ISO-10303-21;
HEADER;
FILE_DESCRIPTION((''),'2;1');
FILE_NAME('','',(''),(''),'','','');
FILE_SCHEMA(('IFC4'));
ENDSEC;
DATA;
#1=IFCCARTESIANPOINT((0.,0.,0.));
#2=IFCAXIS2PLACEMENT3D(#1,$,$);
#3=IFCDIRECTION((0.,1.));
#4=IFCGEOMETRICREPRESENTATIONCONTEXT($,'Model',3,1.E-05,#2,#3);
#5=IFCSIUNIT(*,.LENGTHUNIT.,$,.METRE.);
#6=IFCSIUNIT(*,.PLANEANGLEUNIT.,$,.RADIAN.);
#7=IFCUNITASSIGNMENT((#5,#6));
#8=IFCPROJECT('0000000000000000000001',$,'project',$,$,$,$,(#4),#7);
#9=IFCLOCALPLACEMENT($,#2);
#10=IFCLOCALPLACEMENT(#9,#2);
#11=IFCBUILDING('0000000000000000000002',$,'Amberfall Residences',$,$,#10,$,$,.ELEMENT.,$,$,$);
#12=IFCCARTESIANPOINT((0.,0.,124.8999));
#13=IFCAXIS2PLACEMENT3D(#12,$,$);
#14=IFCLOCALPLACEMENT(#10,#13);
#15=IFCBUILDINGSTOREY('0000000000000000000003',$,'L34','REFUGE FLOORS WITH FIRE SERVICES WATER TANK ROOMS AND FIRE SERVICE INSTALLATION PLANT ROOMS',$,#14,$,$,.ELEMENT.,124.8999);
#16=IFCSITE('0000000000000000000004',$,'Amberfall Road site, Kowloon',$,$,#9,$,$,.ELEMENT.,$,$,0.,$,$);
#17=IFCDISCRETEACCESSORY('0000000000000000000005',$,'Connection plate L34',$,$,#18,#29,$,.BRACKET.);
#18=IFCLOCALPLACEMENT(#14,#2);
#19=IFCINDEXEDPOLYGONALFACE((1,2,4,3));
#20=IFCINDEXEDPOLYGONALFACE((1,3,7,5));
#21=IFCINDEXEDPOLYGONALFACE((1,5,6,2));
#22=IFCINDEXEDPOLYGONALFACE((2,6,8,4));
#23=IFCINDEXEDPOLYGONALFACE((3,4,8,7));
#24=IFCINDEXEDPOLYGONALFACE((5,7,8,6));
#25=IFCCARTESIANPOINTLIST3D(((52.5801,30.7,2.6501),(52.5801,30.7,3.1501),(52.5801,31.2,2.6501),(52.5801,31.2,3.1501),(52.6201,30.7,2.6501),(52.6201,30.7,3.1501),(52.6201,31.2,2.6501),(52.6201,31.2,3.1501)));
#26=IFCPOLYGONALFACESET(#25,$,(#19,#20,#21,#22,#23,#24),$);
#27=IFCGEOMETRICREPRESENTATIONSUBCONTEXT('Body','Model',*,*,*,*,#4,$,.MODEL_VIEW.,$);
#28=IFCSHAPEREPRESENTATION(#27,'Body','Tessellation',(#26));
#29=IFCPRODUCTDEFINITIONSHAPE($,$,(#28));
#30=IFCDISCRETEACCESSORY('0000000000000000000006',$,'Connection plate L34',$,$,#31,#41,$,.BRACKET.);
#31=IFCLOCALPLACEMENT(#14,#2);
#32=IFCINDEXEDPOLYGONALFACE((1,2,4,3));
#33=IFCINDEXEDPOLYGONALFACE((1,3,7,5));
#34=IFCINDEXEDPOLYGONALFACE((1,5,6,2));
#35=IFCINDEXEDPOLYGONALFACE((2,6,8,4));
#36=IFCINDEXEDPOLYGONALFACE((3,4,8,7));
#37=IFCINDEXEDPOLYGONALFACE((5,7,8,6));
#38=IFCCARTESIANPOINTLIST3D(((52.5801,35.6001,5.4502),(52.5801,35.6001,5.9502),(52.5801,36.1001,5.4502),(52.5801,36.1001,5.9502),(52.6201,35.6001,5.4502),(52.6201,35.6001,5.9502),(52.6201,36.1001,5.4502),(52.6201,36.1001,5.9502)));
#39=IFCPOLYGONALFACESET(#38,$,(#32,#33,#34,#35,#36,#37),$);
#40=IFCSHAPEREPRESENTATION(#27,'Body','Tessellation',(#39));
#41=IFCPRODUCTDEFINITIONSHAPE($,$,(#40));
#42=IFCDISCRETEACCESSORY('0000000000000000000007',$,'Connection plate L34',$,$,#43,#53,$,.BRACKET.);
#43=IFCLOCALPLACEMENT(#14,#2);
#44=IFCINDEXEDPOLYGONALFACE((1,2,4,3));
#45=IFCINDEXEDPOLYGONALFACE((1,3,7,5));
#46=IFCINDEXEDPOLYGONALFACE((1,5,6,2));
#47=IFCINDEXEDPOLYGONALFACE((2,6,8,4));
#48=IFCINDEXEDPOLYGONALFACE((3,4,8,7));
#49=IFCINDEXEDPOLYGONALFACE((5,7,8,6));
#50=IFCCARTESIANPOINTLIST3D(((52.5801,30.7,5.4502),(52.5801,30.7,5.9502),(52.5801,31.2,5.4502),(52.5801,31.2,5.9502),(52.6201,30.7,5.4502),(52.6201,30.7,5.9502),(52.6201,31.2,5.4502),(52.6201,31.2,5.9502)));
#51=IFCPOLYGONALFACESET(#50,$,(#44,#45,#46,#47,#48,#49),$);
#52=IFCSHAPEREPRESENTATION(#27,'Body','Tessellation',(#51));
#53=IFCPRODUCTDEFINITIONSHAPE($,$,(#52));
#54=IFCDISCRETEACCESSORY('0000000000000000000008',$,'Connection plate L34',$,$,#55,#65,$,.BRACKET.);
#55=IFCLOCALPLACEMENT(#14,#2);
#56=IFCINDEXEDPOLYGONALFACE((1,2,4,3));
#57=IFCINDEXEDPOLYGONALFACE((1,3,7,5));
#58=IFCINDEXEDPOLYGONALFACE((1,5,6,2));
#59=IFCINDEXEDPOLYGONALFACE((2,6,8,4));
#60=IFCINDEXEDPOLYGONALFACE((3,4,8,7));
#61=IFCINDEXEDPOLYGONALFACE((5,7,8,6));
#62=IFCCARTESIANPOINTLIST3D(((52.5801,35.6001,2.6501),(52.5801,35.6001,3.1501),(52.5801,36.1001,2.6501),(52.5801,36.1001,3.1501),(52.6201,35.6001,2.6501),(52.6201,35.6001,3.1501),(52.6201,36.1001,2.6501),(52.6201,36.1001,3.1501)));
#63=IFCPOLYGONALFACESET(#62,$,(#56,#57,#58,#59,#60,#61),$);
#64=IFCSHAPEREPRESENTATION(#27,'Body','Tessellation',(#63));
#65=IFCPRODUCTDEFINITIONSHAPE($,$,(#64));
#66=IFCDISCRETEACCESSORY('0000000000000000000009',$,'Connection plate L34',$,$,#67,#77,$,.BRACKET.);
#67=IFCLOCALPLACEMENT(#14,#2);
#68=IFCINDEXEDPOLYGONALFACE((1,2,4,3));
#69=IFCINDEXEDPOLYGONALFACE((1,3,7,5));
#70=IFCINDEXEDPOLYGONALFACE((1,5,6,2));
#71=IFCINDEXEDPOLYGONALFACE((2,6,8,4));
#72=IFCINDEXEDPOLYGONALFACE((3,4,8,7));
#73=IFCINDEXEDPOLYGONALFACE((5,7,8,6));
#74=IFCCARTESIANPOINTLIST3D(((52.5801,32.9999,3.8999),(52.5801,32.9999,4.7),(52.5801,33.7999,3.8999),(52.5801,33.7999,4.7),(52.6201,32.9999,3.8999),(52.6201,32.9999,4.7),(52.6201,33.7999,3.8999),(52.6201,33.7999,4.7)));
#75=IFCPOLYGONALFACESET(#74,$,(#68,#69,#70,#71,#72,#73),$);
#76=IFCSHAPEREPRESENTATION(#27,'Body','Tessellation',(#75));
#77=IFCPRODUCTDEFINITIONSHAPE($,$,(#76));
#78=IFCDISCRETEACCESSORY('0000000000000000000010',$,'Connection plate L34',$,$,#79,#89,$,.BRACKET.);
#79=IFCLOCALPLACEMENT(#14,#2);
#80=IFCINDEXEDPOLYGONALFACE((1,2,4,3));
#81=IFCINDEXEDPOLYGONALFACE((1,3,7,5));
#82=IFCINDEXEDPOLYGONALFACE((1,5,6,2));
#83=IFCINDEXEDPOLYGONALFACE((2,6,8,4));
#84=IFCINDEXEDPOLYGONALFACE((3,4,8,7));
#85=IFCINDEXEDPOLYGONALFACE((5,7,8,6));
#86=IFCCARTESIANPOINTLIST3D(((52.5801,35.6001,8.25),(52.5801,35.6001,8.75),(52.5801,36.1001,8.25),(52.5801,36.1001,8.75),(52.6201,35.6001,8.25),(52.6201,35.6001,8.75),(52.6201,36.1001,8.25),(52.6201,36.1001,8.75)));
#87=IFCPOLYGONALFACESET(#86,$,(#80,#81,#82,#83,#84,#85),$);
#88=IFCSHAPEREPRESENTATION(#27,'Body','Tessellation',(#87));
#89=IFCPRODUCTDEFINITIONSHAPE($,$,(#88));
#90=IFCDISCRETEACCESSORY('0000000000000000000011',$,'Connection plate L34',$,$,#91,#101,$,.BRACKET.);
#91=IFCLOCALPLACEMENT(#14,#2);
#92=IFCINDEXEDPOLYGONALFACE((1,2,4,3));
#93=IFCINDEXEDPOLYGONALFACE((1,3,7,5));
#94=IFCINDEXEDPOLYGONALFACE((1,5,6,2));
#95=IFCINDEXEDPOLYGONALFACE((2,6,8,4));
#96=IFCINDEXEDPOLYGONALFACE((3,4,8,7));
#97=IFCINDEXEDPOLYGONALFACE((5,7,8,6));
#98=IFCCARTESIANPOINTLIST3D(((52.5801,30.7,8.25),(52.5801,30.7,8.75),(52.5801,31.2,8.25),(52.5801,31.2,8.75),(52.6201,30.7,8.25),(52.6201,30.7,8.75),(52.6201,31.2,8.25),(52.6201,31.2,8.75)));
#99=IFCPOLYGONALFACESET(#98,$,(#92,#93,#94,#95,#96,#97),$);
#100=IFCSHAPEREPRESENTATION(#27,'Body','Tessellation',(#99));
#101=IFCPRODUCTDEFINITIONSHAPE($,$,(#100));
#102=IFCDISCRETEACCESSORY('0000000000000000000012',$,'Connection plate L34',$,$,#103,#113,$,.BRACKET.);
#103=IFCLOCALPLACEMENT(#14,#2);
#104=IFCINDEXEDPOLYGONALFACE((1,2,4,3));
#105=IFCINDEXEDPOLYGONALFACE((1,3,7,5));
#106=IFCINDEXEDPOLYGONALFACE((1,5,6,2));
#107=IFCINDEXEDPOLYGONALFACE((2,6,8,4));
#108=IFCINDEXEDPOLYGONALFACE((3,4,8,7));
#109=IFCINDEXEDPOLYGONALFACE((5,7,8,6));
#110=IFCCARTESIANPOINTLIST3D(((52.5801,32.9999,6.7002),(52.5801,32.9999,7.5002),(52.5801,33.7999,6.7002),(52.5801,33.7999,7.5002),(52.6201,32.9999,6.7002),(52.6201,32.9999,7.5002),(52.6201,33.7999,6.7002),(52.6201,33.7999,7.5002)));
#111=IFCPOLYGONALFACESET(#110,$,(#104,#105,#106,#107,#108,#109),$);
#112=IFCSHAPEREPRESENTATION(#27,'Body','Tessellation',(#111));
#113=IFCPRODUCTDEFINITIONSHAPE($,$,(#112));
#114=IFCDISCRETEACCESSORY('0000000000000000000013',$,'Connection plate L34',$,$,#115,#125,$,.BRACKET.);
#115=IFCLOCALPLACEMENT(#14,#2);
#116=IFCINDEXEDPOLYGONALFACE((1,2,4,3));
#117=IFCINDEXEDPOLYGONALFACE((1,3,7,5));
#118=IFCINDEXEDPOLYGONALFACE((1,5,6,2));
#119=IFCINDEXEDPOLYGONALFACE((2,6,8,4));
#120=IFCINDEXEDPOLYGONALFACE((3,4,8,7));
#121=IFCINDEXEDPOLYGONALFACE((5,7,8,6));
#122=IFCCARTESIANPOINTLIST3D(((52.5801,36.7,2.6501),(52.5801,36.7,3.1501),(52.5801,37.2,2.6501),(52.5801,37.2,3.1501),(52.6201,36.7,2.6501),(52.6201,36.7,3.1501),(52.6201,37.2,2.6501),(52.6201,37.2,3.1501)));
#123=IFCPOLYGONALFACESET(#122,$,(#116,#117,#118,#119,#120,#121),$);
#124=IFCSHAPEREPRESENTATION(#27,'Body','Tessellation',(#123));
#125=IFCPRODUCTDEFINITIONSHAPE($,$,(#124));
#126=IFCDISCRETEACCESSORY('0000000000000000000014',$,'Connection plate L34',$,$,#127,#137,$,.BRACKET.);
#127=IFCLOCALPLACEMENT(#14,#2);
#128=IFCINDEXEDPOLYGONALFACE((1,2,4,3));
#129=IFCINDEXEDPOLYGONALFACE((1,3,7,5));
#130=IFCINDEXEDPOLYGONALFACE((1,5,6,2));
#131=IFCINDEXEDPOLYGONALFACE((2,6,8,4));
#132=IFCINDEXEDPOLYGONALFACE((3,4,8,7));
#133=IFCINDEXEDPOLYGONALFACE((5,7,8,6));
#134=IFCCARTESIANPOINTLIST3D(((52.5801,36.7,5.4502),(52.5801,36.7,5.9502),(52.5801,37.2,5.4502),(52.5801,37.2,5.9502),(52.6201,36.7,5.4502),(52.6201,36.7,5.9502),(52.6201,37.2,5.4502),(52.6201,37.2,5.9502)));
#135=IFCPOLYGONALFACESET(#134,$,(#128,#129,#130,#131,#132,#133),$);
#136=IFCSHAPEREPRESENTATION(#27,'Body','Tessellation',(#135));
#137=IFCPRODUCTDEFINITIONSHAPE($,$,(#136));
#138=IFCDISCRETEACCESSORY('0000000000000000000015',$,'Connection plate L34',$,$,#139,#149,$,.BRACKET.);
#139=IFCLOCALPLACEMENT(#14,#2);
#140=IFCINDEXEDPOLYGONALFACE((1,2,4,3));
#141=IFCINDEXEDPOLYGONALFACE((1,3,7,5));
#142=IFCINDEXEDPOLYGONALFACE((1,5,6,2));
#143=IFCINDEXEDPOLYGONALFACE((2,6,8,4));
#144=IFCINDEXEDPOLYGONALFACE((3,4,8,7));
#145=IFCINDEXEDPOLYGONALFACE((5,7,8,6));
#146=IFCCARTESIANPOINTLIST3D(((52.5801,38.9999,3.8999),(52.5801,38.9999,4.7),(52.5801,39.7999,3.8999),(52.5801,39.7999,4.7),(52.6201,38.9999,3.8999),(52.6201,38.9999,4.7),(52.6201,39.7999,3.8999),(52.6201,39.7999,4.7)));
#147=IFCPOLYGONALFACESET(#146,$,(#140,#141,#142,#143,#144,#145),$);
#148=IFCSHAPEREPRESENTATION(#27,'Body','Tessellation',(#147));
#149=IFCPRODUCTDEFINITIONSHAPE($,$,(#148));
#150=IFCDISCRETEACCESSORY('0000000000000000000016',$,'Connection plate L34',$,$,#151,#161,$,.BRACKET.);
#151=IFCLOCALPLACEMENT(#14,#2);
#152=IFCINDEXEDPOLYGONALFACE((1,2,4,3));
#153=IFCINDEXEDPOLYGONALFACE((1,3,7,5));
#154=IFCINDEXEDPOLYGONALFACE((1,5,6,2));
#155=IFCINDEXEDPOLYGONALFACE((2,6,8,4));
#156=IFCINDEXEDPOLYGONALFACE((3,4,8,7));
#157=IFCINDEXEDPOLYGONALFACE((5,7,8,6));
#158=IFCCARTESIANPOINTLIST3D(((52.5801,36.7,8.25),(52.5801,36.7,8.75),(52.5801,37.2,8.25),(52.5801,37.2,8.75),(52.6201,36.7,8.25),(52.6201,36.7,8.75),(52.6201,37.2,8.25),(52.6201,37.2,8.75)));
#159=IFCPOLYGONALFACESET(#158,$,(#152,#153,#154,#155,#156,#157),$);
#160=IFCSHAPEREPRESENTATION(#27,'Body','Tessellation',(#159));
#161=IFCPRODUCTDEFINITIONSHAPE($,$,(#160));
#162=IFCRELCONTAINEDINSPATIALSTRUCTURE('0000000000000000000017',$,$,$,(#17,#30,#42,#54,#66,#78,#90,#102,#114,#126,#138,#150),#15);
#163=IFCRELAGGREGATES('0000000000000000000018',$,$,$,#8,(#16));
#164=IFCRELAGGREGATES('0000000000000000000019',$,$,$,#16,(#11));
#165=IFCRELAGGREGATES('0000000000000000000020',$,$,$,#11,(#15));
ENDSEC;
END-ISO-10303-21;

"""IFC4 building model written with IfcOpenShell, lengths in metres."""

from ifc_helpers import new_model, si_unit, direction, frame, origin, origin_2d, place, context, subcontext, project, spatial, rectangle, extrude, element, save


model = new_model("IFC4")

# Units and contexts
model_context = context("Model", 3, precision=1e-05, world=origin(), true_north=direction((0.0, 1.0)))
body_context = subcontext(model_context, "Body", "Model", "MODEL_VIEW")
ifc_project = project(units=[si_unit("LENGTHUNIT", "METRE"), si_unit("PLANEANGLEUNIT", "RADIAN")], contexts=[model_context])

# Site, building, storey
site_placement = place(None, origin())
site = spatial("IfcSite", under=ifc_project, at=site_placement, Name="Amberfall Road site, Kowloon", CompositionType="ELEMENT", RefElevation=0.0)
building_placement = place(site_placement, origin())
building = spatial("IfcBuilding", under=site, at=building_placement, Name="Amberfall Residences", CompositionType="ELEMENT")
storey_placement = place(building_placement, frame((0.0, 0.0, 124.8999)))
storey = spatial("IfcBuildingStorey", under=building, at=storey_placement, Name="L34", Description="REFUGE FLOORS WITH FIRE SERVICES WATER TANK ROOMS AND FIRE SERVICE INSTALLATION PLANT ROOMS", CompositionType="ELEMENT", Elevation=124.8999)

# Discrete accessories
for number, where, z_axis, x_axis, name in (
    (1, (52.6001, 30.95, 2.6501), (0.0, 0.0, 1.0), (0.0, 1.0, 0.0), "Connection plate L34"),
    (2, (52.6001, 35.8501, 5.4502), (0.0, 0.0, 1.0), (0.0, 1.0, 0.0), "Connection plate L34"),
    (3, (52.6001, 30.95, 5.4502), (0.0, 0.0, 1.0), (0.0, 1.0, 0.0), "Connection plate L34"),
    (4, (52.6001, 35.8501, 2.6501), (0.0, 0.0, 1.0), (0.0, 1.0, 0.0), "Connection plate L34"),
):
    element("IfcDiscreteAccessory", number, at=place(storey_placement, frame(where, z_axis=z_axis, x_axis=x_axis)), inside=storey, Name=name, PredefinedType="BRACKET", context=body_context, shape_type="SweptSolid", body=[
        extrude(rectangle(XDim=0.5, YDim=0.04, at=origin_2d()), origin(), (0.0, 0.0, 1.0), 0.5),
    ])
discrete_accessory_1_placement = place(storey_placement, frame((52.6001, 33.3999, 3.8999), z_axis=(0.0, 0.0, 1.0), x_axis=(0.0, 1.0, 0.0)))
element("IfcDiscreteAccessory", 5, at=discrete_accessory_1_placement, inside=storey, Name="Connection plate L34", PredefinedType="BRACKET", context=body_context, shape_type="SweptSolid", body=[
    extrude(rectangle(XDim=0.8, YDim=0.04, at=origin_2d()), origin(), (0.0, 0.0, 1.0), 0.8),
])
for number, where, z_axis, x_axis, name in (
    (6, (52.6001, 35.8501, 8.25), (0.0, 0.0, 1.0), (0.0, 1.0, 0.0), "Connection plate L34"),
    (7, (52.6001, 30.95, 8.25), (0.0, 0.0, 1.0), (0.0, 1.0, 0.0), "Connection plate L34"),
):
    element("IfcDiscreteAccessory", number, at=place(storey_placement, frame(where, z_axis=z_axis, x_axis=x_axis)), inside=storey, Name=name, PredefinedType="BRACKET", context=body_context, shape_type="SweptSolid", body=[
        extrude(rectangle(XDim=0.5, YDim=0.04, at=origin_2d()), origin(), (0.0, 0.0, 1.0), 0.5),
    ])
discrete_accessory_2_placement = place(storey_placement, frame((52.6001, 33.3999, 6.7002), z_axis=(0.0, 0.0, 1.0), x_axis=(0.0, 1.0, 0.0)))
element("IfcDiscreteAccessory", 8, at=discrete_accessory_2_placement, inside=storey, Name="Connection plate L34", PredefinedType="BRACKET", context=body_context, shape_type="SweptSolid", body=[
    extrude(rectangle(XDim=0.8, YDim=0.04, at=origin_2d()), origin(), (0.0, 0.0, 1.0), 0.8),
])
for number, where, z_axis, x_axis, name in (
    (9, (52.6001, 36.95, 2.6501), (0.0, 0.0, 1.0), (0.0, 1.0, 0.0), "Connection plate L34"),
    (10, (52.6001, 36.95, 5.4502), (0.0, 0.0, 1.0), (0.0, 1.0, 0.0), "Connection plate L34"),
):
    element("IfcDiscreteAccessory", number, at=place(storey_placement, frame(where, z_axis=z_axis, x_axis=x_axis)), inside=storey, Name=name, PredefinedType="BRACKET", context=body_context, shape_type="SweptSolid", body=[
        extrude(rectangle(XDim=0.5, YDim=0.04, at=origin_2d()), origin(), (0.0, 0.0, 1.0), 0.5),
    ])
discrete_accessory_3_placement = place(storey_placement, frame((52.6001, 39.3999, 3.8999), z_axis=(0.0, 0.0, 1.0), x_axis=(0.0, 1.0, 0.0)))
element("IfcDiscreteAccessory", 11, at=discrete_accessory_3_placement, inside=storey, Name="Connection plate L34", PredefinedType="BRACKET", context=body_context, shape_type="SweptSolid", body=[
    extrude(rectangle(XDim=0.8, YDim=0.04, at=origin_2d()), origin(), (0.0, 0.0, 1.0), 0.8),
])
discrete_accessory_4_placement = place(storey_placement, frame((52.6001, 36.95, 8.25), z_axis=(0.0, 0.0, 1.0), x_axis=(0.0, 1.0, 0.0)))
element("IfcDiscreteAccessory", 12, at=discrete_accessory_4_placement, inside=storey, Name="Connection plate L34", PredefinedType="BRACKET", context=body_context, shape_type="SweptSolid", body=[
    extrude(rectangle(XDim=0.5, YDim=0.04, at=origin_2d()), origin(), (0.0, 0.0, 1.0), 0.5),
])

save(model, "model.ifc")
